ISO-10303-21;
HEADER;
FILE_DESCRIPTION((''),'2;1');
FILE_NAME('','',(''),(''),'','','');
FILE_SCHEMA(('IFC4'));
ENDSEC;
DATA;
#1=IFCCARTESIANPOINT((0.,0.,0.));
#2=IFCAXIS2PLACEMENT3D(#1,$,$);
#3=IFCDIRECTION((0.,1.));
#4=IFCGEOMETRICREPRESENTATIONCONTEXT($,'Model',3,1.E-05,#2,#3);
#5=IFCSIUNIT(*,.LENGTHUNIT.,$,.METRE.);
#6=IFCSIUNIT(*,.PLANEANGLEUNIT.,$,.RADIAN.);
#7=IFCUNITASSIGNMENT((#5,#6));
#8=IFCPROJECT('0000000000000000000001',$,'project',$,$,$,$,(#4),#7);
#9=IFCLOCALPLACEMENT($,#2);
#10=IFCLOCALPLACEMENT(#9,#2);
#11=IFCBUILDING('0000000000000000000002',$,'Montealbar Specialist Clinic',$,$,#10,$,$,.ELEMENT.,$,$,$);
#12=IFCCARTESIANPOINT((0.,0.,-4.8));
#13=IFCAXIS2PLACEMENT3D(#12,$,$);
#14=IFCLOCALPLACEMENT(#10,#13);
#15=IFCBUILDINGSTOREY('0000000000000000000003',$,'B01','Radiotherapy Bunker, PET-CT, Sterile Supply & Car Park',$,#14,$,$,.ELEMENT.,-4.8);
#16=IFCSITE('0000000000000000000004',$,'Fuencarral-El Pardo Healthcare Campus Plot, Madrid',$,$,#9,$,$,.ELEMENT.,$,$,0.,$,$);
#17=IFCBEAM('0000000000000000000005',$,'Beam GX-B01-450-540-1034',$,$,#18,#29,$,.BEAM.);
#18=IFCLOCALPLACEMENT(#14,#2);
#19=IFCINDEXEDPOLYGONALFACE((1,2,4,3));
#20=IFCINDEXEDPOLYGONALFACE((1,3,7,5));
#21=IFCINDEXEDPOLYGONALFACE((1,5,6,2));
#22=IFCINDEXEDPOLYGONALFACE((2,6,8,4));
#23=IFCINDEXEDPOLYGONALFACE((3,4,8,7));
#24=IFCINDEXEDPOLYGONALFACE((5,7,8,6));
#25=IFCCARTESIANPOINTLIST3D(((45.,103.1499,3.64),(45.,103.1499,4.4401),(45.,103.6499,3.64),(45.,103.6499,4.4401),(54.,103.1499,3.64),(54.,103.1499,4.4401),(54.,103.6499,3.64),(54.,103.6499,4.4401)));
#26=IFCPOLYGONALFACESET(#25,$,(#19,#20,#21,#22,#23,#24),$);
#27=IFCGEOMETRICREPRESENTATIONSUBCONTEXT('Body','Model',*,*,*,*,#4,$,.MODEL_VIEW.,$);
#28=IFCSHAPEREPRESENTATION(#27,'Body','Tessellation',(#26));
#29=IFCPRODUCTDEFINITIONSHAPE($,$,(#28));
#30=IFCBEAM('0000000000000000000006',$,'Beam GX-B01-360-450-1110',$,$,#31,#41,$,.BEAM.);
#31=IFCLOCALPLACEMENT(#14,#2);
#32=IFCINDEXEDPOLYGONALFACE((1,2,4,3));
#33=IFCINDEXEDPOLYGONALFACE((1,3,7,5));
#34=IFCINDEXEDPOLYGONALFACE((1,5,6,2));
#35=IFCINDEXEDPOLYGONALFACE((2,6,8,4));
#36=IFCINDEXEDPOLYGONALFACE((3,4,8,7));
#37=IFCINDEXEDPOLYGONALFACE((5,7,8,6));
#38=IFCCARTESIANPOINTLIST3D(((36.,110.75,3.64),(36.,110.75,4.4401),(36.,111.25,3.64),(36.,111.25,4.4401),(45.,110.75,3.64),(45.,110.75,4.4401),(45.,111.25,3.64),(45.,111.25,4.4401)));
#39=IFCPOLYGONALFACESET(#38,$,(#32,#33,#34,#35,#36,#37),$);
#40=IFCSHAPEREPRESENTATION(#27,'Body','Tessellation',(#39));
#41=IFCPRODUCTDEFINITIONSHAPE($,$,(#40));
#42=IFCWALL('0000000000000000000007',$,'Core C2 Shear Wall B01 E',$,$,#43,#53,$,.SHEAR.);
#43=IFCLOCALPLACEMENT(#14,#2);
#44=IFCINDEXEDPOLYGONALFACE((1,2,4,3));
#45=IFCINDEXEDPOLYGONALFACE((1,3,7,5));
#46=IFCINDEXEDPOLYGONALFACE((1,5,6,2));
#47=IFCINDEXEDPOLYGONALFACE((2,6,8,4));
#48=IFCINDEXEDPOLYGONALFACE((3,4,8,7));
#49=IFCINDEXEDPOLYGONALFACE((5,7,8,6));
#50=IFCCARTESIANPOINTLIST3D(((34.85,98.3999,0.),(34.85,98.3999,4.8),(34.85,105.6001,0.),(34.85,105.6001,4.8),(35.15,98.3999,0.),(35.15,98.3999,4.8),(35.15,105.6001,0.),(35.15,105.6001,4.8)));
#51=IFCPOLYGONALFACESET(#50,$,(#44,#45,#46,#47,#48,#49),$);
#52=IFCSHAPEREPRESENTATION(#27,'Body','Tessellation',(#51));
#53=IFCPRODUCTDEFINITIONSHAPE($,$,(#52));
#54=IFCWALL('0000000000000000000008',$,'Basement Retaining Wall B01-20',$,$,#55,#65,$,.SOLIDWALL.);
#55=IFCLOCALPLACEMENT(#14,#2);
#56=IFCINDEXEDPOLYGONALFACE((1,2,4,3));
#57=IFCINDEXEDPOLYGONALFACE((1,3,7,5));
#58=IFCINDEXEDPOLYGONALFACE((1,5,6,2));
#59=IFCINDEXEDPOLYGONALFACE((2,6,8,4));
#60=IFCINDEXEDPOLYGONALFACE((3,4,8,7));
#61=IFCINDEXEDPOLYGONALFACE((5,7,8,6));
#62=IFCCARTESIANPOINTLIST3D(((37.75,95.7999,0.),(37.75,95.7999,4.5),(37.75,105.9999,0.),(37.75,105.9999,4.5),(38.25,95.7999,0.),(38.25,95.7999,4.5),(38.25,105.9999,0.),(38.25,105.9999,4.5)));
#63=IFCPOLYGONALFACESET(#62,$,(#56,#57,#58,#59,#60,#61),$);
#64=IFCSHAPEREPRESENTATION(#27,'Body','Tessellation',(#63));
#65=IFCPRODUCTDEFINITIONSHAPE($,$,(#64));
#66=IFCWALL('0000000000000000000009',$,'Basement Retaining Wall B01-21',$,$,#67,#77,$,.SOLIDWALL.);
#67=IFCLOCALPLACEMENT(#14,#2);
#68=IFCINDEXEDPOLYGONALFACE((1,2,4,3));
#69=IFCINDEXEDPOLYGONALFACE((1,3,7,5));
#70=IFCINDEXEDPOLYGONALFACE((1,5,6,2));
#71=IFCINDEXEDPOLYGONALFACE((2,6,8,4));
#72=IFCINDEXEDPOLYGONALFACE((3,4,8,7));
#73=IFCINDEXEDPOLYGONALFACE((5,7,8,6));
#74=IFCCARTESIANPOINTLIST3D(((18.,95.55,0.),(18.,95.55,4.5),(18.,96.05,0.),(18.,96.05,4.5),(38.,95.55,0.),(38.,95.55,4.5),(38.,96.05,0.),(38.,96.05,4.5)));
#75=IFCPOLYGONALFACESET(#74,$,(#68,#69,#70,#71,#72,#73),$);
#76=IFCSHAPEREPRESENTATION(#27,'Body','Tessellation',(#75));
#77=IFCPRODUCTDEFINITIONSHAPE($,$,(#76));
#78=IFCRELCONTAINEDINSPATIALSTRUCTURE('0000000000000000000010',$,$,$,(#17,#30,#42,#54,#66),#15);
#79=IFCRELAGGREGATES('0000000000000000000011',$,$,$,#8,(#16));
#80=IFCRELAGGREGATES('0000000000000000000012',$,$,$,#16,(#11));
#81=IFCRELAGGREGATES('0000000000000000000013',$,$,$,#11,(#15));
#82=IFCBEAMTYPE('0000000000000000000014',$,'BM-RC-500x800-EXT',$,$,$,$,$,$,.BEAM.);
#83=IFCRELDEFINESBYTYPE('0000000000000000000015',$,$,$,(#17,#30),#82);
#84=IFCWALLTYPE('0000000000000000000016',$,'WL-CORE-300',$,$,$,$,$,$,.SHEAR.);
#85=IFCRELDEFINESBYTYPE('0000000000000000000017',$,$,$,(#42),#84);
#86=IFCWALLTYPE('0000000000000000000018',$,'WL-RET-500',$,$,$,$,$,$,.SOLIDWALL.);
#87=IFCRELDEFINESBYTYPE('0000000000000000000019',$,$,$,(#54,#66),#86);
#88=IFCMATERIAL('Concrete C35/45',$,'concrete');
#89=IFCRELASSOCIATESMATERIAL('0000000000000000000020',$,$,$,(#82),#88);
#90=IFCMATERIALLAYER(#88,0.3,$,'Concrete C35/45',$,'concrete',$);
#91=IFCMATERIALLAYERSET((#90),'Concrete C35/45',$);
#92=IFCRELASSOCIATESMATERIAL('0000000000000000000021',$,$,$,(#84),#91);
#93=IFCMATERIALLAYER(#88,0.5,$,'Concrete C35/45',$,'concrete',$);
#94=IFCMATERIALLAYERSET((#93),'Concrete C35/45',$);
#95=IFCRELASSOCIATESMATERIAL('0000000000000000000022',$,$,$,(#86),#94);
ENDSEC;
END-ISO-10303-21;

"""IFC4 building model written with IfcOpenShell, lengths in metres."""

from ifc_helpers import new_model, si_unit, direction, frame, frame_2d, origin, origin_2d, place, context, subcontext, project, spatial, rectangle, extrude, material, layer, layer_set, material_profile, profile_set, type_object, element, save


model = new_model("IFC4")

# Units and contexts
model_context = context("Model", 3, precision=1e-05, world=origin(), true_north=direction((0.0, 1.0)))
body_context = subcontext(model_context, "Body", "Model", "MODEL_VIEW")
ifc_project = project(units=[si_unit("LENGTHUNIT", "METRE"), si_unit("PLANEANGLEUNIT", "RADIAN")], contexts=[model_context])

# Site, building, storey
site_placement = place(None, origin())
site = spatial("IfcSite", under=ifc_project, at=site_placement, Name="Fuencarral-El Pardo Healthcare Campus Plot, Madrid", CompositionType="ELEMENT", RefElevation=0.0)
building_placement = place(site_placement, origin())
building = spatial("IfcBuilding", under=site, at=building_placement, Name="Montealbar Specialist Clinic", CompositionType="ELEMENT")
storey_placement = place(building_placement, frame((0.0, 0.0, -4.8)))
storey = spatial("IfcBuildingStorey", under=building, at=storey_placement, Name="B01", Description="Radiotherapy Bunker, PET-CT, Sterile Supply & Car Park", CompositionType="ELEMENT", Elevation=-4.8)

# Shared definitions
ifc_material_1 = material(Name="Concrete C35/45", Category="concrete")

# Beams
ifc_material_profile_1 = material_profile(ifc_material_1, rectangle(XDim=0.5, YDim=0.8, at=origin_2d()), Name="RC 500x800", Category="concrete")
ifc_profile_set_1 = profile_set([ifc_material_profile_1], Name="Concrete C35/45")
beam_type_1 = type_object("IfcBeamType", Name="BM-RC-500x800-EXT", PredefinedType="BEAM", material=ifc_profile_set_1)
for number, where, z_axis, x_axis, name in (
    (1, (45.0, 103.3999, 4.04), (1.0, 0.0, 0.0), (0.0, 1.0, 0.0), "Beam GX-B01-450-540-1034"),
    (2, (36.0, 111.0, 4.04), (1.0, 0.0, 0.0), (0.0, 1.0, 0.0), "Beam GX-B01-360-450-1110"),
):
    element("IfcBeam", number, at=place(storey_placement, frame(where, z_axis=z_axis, x_axis=x_axis)), inside=storey, type_object=beam_type_1, Name=name, PredefinedType="BEAM", context=body_context, shape_type="SweptSolid", body=[
        extrude(rectangle(XDim=0.5, YDim=0.8, at=origin_2d()), origin(), (0.0, 0.0, 1.0), 9.0),
    ])

# Walls
ifc_layer_1 = layer(ifc_material_1, 0.3, Name="Concrete C35/45", Category="concrete")
ifc_layer_set_1 = layer_set([ifc_layer_1], Name="Concrete C35/45")
wall_type_1 = type_object("IfcWallType", Name="WL-CORE-300", PredefinedType="SHEAR", material=ifc_layer_set_1)
wall_1_placement = place(storey_placement, frame((35.0, 98.3999, 0.0), z_axis=(0.0, 0.0, 1.0), x_axis=(0.0, 1.0, 0.0)))
element("IfcWall", 3, at=wall_1_placement, inside=storey, type_object=wall_type_1, Name="Core C2 Shear Wall B01 E", PredefinedType="SHEAR", context=body_context, shape_type="SweptSolid", body=[
    extrude(rectangle(XDim=7.2002, YDim=0.3, at=frame_2d((3.6001, 0.0))), origin(), (0.0, 0.0, 1.0), 4.8),
])
ifc_layer_2 = layer(ifc_material_1, 0.5, Name="Concrete C35/45", Category="concrete")
ifc_layer_set_2 = layer_set([ifc_layer_2], Name="Concrete C35/45")
wall_type_2 = type_object("IfcWallType", Name="WL-RET-500", PredefinedType="SOLIDWALL", material=ifc_layer_set_2)
wall_2_placement = place(storey_placement, frame((38.0, 106.0, 0.0), z_axis=(0.0, 0.0, 1.0), x_axis=(0.0, -1.0, 0.0)))
element("IfcWall", 4, at=wall_2_placement, inside=storey, type_object=wall_type_2, Name="Basement Retaining Wall B01-20", PredefinedType="SOLIDWALL", context=body_context, shape_type="SweptSolid", body=[
    extrude(rectangle(XDim=10.2, YDim=0.5, at=frame_2d((5.1001, 0.0))), origin(), (0.0, 0.0, 1.0), 4.5),
])
wall_3_placement = place(storey_placement, frame((38.0, 95.8, 0.0), z_axis=(0.0, 0.0, 1.0), x_axis=(-1.0, 0.0, 0.0)))
element("IfcWall", 5, at=wall_3_placement, inside=storey, type_object=wall_type_2, Name="Basement Retaining Wall B01-21", PredefinedType="SOLIDWALL", context=body_context, shape_type="SweptSolid", body=[
    extrude(rectangle(XDim=20.0, YDim=0.5, at=frame_2d((10.0, 0.0))), origin(), (0.0, 0.0, 1.0), 4.5),
])

save(model, "model.ifc")
